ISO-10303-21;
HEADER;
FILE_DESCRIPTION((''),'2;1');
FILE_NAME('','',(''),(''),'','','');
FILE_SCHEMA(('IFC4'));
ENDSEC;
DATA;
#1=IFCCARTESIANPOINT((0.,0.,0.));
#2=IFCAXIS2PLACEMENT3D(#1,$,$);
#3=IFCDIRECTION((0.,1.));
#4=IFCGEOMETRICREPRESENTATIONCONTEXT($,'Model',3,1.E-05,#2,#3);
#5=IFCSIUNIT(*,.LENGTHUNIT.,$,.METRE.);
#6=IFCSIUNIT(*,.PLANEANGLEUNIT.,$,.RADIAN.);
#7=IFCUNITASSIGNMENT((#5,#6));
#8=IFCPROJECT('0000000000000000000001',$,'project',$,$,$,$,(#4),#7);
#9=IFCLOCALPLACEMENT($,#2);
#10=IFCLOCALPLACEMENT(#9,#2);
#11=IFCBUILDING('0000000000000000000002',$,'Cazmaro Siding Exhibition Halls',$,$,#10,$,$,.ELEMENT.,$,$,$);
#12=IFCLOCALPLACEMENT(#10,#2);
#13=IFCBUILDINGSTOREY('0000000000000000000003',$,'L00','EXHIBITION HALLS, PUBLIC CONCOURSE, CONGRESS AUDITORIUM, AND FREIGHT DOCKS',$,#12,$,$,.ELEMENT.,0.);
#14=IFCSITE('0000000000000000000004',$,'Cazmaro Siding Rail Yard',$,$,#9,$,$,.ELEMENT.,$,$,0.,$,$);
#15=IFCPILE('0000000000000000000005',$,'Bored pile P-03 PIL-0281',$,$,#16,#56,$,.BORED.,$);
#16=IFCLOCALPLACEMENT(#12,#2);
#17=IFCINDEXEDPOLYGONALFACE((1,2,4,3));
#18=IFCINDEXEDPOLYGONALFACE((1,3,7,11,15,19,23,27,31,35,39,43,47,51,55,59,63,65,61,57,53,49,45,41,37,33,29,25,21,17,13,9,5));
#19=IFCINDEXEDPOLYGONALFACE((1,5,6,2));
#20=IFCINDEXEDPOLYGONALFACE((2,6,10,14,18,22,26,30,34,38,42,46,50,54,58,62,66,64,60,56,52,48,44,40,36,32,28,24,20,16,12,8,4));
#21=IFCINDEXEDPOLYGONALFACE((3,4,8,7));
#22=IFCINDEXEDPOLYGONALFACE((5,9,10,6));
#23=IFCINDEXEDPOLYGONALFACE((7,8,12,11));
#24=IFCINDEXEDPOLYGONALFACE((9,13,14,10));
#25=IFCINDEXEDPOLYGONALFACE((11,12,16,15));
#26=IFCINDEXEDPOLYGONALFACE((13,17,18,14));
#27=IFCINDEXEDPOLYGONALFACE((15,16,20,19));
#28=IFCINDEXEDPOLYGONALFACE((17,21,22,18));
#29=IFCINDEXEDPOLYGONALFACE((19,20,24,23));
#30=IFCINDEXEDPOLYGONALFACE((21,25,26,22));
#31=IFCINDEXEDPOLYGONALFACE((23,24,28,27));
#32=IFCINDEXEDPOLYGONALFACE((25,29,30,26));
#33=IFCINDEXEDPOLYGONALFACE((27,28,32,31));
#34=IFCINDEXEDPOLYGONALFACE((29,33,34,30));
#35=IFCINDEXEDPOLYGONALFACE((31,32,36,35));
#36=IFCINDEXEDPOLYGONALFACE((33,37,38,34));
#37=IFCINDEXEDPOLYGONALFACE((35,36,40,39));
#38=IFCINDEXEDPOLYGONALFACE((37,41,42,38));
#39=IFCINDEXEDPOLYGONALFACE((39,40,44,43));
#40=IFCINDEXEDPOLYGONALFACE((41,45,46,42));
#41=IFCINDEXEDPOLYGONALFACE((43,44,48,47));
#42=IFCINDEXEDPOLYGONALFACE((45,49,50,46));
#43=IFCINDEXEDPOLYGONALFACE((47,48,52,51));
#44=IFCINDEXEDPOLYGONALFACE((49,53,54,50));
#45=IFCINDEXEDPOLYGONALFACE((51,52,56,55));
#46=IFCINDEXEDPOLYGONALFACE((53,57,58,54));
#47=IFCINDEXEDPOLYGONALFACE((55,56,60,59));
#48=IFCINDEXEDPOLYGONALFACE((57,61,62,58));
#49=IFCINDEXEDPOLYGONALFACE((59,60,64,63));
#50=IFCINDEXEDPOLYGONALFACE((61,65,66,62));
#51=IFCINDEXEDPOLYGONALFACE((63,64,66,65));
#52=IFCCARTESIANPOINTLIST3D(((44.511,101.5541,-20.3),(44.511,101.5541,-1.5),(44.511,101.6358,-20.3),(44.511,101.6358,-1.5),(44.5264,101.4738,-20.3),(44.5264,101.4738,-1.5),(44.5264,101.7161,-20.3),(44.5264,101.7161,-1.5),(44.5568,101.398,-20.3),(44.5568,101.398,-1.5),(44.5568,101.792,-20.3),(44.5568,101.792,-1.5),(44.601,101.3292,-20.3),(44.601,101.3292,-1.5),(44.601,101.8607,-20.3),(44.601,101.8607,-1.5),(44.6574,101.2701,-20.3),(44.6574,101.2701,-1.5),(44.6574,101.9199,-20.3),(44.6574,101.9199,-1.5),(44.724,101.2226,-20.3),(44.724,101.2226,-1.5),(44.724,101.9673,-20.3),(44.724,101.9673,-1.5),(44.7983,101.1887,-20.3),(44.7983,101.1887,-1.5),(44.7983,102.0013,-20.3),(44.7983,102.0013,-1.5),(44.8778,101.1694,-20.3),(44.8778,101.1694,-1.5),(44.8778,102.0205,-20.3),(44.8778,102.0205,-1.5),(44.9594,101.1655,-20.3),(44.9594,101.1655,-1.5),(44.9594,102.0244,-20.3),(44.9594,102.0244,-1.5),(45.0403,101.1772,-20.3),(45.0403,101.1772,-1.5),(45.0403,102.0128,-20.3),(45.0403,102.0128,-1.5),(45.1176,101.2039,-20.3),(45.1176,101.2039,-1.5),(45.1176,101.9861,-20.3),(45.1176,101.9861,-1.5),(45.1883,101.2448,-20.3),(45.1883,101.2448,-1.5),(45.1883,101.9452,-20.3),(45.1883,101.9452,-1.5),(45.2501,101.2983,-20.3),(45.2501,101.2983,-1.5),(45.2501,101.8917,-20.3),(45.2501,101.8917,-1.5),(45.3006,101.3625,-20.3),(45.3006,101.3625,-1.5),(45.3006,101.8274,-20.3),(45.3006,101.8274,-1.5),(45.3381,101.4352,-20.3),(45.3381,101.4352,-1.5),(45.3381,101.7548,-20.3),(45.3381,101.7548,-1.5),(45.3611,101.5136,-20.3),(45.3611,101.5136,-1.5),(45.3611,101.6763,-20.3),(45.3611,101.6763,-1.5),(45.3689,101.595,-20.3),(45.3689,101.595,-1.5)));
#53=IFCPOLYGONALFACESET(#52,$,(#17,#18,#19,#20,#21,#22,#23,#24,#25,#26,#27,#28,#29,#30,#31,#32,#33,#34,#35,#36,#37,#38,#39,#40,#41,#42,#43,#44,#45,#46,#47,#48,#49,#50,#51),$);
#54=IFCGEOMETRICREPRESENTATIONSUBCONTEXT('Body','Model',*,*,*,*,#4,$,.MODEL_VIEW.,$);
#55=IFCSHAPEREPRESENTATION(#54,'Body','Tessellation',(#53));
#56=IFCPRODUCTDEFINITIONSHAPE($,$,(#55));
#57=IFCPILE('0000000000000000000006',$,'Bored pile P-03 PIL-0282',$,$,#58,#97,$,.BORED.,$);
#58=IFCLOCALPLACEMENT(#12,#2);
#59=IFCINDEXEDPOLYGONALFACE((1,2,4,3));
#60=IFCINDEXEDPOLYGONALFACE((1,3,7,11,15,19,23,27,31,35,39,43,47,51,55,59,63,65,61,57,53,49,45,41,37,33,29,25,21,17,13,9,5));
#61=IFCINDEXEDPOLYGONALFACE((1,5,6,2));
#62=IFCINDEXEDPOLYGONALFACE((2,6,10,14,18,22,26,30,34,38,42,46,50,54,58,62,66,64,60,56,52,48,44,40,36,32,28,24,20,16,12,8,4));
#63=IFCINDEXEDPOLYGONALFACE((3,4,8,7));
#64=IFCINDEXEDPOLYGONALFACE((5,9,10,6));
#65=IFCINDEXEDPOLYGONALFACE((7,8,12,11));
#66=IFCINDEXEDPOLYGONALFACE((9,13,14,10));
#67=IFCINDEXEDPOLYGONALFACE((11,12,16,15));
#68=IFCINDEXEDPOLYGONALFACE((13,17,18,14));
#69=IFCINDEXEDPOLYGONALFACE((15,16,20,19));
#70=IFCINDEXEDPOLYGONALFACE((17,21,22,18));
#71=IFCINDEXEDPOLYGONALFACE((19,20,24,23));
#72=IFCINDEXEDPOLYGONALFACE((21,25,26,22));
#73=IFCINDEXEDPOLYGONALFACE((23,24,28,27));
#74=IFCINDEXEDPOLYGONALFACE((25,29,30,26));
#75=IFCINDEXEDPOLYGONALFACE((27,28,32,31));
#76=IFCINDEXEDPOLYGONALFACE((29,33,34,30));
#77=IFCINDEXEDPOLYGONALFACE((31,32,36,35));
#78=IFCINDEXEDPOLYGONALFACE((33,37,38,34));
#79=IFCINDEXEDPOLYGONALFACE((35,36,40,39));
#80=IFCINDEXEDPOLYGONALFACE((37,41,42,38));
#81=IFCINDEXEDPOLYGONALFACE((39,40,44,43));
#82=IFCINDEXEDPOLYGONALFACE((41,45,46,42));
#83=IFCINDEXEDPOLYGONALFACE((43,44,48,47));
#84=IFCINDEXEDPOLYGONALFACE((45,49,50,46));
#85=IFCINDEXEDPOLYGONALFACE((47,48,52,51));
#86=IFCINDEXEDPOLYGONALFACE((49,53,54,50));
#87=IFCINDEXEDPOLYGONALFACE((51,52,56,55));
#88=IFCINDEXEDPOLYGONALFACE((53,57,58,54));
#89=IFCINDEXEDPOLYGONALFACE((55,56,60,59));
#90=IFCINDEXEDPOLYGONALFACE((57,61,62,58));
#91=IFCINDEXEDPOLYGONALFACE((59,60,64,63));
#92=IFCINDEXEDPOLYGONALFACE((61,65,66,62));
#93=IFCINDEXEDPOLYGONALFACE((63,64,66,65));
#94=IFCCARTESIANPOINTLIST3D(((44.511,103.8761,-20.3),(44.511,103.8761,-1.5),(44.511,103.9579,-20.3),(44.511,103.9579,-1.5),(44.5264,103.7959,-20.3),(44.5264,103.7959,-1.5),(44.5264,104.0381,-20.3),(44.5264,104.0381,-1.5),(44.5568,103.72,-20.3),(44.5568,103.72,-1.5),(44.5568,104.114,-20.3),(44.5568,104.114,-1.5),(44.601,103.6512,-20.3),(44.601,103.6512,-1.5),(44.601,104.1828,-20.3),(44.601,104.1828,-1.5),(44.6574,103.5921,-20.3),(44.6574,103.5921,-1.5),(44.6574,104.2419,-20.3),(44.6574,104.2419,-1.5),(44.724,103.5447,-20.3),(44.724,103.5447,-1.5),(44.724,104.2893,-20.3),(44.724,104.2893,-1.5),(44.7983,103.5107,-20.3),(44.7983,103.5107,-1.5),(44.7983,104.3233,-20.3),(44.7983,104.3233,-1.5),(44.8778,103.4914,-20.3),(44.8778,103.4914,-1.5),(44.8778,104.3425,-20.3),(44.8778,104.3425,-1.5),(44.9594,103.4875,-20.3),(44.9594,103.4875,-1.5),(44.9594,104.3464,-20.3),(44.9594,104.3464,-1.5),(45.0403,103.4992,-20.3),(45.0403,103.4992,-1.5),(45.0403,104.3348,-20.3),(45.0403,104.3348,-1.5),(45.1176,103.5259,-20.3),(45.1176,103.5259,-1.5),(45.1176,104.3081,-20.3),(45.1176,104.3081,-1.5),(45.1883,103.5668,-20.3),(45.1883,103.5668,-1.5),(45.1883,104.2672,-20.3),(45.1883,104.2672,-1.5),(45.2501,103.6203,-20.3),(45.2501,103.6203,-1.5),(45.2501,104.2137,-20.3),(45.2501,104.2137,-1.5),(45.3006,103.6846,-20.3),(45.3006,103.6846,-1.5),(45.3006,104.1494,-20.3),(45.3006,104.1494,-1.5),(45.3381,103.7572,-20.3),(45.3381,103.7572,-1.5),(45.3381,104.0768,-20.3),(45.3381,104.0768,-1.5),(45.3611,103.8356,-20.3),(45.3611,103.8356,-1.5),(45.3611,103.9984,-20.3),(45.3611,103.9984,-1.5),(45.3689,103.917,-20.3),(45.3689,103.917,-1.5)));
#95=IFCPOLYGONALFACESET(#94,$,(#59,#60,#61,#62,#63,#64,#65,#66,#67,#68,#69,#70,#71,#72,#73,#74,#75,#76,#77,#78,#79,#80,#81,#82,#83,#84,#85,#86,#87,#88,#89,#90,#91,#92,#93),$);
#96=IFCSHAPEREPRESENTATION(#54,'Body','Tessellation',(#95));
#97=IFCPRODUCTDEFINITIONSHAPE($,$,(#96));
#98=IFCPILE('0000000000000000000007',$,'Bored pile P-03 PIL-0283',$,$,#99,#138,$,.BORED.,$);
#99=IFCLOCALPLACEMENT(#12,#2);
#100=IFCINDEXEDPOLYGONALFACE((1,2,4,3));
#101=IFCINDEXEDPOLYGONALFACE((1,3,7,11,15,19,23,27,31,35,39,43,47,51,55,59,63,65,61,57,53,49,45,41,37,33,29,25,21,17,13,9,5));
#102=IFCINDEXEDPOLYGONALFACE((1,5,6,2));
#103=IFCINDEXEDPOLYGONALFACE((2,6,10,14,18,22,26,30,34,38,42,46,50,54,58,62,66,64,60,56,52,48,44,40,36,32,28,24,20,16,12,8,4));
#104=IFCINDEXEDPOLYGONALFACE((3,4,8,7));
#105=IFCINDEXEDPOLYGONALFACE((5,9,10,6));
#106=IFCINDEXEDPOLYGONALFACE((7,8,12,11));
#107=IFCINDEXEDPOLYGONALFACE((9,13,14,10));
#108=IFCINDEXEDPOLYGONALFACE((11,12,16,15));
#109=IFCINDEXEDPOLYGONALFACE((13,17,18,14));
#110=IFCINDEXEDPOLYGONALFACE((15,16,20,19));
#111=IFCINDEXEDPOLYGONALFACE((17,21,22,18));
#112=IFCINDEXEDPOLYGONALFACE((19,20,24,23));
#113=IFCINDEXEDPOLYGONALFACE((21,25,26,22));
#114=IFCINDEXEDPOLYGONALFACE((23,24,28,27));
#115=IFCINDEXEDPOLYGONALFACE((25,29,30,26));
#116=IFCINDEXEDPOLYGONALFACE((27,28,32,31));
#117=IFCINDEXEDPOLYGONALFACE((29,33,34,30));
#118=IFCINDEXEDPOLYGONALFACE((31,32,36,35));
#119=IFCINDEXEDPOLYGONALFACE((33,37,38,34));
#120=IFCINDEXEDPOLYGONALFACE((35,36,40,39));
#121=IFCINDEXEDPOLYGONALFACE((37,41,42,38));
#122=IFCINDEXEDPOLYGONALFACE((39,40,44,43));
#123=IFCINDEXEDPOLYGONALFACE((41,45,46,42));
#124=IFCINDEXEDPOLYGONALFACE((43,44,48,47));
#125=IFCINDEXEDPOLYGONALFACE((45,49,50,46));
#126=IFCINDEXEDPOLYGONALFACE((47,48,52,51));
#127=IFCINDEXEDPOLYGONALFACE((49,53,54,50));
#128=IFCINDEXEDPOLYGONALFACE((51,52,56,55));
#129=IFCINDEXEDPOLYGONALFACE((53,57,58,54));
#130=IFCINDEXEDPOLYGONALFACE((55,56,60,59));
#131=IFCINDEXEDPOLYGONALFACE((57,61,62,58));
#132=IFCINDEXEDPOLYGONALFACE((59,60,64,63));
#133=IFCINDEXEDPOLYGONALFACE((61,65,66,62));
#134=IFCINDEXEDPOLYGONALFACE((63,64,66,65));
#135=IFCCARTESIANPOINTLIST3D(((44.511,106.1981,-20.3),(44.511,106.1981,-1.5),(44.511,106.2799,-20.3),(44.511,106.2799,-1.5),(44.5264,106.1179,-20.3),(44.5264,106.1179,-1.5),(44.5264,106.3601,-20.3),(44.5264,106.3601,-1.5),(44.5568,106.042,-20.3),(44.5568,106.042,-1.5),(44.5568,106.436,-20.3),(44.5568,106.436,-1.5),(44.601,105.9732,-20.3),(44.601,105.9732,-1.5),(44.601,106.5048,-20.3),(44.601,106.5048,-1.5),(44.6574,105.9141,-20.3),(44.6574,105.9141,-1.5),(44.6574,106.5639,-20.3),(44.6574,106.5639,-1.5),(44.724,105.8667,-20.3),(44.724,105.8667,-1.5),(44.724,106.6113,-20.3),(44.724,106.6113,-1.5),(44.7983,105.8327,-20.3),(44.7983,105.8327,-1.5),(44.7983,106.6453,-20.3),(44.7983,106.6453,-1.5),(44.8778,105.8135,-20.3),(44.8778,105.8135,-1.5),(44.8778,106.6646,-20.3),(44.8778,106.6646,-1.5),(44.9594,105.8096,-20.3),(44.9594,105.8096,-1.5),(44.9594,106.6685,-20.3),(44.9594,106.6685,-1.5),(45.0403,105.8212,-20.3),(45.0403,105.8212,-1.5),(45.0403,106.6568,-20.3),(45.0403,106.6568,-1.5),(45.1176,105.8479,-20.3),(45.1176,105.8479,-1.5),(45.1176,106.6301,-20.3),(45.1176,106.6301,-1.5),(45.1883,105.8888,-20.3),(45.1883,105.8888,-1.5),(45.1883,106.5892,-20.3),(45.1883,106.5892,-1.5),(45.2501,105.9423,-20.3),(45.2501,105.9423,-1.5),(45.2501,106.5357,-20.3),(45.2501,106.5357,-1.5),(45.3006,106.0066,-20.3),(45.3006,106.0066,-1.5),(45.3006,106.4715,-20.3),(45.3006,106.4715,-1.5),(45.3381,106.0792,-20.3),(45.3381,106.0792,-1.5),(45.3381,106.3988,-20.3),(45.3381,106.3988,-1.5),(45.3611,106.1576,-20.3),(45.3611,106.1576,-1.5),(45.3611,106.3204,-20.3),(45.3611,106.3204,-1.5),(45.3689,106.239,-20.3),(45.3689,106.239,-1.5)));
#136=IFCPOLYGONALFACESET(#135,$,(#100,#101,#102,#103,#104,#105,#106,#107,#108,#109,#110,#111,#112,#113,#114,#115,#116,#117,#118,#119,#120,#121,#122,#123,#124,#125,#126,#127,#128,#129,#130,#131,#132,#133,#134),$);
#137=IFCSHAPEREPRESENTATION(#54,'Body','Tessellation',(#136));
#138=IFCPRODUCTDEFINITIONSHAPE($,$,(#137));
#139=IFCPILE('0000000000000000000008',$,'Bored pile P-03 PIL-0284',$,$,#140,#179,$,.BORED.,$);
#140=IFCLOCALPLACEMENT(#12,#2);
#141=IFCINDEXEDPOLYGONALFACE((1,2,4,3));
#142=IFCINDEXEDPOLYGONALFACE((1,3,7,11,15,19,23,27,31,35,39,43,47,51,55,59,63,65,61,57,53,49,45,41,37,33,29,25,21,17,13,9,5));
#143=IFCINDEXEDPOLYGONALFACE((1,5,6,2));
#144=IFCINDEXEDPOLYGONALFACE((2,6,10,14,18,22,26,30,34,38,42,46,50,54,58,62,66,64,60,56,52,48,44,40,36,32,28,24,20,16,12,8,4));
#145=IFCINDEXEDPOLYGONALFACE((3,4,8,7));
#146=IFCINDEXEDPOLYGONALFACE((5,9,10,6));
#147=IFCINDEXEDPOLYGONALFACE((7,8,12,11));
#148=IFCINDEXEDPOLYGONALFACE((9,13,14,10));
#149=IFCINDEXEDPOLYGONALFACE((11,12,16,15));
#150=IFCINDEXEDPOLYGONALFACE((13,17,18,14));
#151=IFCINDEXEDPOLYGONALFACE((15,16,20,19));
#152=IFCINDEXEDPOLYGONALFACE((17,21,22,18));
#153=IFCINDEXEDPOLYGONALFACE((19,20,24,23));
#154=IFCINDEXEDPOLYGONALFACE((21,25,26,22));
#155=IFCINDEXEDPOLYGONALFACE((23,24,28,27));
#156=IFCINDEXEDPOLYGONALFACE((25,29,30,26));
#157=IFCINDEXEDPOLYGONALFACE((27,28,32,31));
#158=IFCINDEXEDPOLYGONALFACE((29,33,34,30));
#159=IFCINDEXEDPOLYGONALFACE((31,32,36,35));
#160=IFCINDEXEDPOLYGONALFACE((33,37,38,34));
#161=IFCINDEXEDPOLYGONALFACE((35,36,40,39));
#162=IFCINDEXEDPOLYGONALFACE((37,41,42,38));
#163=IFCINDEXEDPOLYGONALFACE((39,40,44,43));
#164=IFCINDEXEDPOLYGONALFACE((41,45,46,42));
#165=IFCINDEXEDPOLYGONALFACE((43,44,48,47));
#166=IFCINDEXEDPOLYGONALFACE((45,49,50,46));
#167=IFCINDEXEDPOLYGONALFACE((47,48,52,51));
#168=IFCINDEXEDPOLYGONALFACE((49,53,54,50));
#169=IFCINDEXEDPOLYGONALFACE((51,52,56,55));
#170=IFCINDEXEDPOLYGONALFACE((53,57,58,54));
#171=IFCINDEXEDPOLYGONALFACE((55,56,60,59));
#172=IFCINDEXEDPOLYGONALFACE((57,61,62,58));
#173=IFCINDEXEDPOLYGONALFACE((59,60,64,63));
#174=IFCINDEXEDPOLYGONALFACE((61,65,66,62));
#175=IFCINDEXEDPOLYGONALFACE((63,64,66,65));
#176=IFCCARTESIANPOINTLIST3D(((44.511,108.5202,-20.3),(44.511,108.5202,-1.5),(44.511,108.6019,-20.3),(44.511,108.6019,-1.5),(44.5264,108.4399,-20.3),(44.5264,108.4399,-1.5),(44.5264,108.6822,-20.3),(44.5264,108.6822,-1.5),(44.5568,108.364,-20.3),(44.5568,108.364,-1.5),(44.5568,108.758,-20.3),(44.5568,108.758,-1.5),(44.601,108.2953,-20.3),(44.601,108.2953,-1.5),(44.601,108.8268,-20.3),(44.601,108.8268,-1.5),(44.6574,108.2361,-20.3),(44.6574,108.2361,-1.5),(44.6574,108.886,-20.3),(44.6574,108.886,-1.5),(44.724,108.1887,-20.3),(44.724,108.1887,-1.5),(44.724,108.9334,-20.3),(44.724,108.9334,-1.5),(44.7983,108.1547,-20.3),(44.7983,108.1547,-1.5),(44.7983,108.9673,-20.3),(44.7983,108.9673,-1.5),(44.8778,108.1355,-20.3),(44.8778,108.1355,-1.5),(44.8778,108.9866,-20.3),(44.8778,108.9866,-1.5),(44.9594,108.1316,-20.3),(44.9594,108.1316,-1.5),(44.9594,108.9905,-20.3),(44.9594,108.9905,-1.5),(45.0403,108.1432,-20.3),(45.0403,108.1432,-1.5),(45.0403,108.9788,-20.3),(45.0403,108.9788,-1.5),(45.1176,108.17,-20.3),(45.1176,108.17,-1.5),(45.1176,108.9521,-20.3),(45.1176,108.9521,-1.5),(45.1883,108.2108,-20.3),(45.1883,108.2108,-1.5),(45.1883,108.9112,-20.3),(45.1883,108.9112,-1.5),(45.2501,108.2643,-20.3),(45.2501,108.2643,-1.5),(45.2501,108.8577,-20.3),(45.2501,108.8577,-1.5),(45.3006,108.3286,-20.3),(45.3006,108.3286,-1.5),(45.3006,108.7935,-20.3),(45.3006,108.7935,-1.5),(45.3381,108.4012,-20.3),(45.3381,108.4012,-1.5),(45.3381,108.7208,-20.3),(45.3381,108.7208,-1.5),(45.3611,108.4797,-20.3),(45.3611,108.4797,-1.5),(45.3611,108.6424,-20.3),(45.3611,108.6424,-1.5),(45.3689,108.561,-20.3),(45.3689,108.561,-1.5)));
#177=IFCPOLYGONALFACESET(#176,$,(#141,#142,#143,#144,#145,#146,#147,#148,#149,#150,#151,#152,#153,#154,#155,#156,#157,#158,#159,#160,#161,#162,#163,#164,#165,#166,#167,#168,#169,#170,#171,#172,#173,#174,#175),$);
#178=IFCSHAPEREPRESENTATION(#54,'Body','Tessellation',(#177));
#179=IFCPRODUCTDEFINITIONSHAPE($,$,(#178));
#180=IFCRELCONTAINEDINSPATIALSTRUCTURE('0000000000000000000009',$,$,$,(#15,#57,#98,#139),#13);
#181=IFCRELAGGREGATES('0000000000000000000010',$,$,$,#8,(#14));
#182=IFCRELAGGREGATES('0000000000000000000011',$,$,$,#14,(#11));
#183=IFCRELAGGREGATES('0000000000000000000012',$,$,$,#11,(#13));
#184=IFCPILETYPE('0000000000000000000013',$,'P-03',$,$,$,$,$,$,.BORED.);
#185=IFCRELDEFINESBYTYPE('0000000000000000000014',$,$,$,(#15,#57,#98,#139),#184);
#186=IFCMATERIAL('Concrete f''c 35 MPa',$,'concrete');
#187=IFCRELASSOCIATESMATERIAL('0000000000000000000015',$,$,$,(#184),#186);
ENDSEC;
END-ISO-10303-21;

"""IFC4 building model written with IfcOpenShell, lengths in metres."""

from ifc_helpers import new_model, si_unit, direction, frame, origin, origin_2d, place, context, subcontext, project, spatial, circle, extrude, material, material_profile, profile_set, type_object, element, save


model = new_model("IFC4")

# Units and contexts
model_context = context("Model", 3, precision=1e-05, world=origin(), true_north=direction((0.0, 1.0)))
body_context = subcontext(model_context, "Body", "Model", "MODEL_VIEW")
ifc_project = project(units=[si_unit("LENGTHUNIT", "METRE"), si_unit("PLANEANGLEUNIT", "RADIAN")], contexts=[model_context])

# Site, building, storey
site_placement = place(None, origin())
site = spatial("IfcSite", under=ifc_project, at=site_placement, Name="Cazmaro Siding Rail Yard", CompositionType="ELEMENT", RefElevation=0.0)
building_placement = place(site_placement, origin())
building = spatial("IfcBuilding", under=site, at=building_placement, Name="Cazmaro Siding Exhibition Halls", CompositionType="ELEMENT")
storey_placement = place(building_placement, origin())
storey = spatial("IfcBuildingStorey", under=building, at=storey_placement, Name="L00", Description="EXHIBITION HALLS, PUBLIC CONCOURSE, CONGRESS AUDITORIUM, AND FREIGHT DOCKS", CompositionType="ELEMENT", Elevation=0.0)

# Piles
ifc_material_1 = material(Name="Concrete f'c 35 MPa", Category="concrete")
ifc_material_profile_1 = material_profile(ifc_material_1, circle(Radius=0.4299, at=origin_2d()), Name="CIDH-860")
ifc_profile_set_1 = profile_set([ifc_material_profile_1], Name="Concrete f'c 35 MPa")
pile_type_1 = type_object("IfcPileType", Name="P-03", PredefinedType="BORED", material=ifc_profile_set_1)
for number, where, z_axis, x_axis, name in (
    (1, (44.939, 101.595, -1.5), (0.0, 0.0, -1.0), (1.0, 0.0, 0.0), "Bored pile P-03 PIL-0281"),
    (2, (44.939, 103.917, -1.5), (0.0, 0.0, -1.0), (1.0, 0.0, 0.0), "Bored pile P-03 PIL-0282"),
    (3, (44.939, 106.239, -1.5), (0.0, 0.0, -1.0), (1.0, 0.0, 0.0), "Bored pile P-03 PIL-0283"),
    (4, (44.939, 108.561, -1.5), (0.0, 0.0, -1.0), (1.0, 0.0, 0.0), "Bored pile P-03 PIL-0284"),
):
    element("IfcPile", number, at=place(storey_placement, frame(where, z_axis=z_axis, x_axis=x_axis)), inside=storey, type_object=pile_type_1, Name=name, PredefinedType="BORED", context=body_context, shape_type="SweptSolid", body=[
        extrude(circle(Radius=0.4299, at=origin_2d()), origin(), (0.0, 0.0, 1.0), 18.8),
    ])

save(model, "model.ifc")
